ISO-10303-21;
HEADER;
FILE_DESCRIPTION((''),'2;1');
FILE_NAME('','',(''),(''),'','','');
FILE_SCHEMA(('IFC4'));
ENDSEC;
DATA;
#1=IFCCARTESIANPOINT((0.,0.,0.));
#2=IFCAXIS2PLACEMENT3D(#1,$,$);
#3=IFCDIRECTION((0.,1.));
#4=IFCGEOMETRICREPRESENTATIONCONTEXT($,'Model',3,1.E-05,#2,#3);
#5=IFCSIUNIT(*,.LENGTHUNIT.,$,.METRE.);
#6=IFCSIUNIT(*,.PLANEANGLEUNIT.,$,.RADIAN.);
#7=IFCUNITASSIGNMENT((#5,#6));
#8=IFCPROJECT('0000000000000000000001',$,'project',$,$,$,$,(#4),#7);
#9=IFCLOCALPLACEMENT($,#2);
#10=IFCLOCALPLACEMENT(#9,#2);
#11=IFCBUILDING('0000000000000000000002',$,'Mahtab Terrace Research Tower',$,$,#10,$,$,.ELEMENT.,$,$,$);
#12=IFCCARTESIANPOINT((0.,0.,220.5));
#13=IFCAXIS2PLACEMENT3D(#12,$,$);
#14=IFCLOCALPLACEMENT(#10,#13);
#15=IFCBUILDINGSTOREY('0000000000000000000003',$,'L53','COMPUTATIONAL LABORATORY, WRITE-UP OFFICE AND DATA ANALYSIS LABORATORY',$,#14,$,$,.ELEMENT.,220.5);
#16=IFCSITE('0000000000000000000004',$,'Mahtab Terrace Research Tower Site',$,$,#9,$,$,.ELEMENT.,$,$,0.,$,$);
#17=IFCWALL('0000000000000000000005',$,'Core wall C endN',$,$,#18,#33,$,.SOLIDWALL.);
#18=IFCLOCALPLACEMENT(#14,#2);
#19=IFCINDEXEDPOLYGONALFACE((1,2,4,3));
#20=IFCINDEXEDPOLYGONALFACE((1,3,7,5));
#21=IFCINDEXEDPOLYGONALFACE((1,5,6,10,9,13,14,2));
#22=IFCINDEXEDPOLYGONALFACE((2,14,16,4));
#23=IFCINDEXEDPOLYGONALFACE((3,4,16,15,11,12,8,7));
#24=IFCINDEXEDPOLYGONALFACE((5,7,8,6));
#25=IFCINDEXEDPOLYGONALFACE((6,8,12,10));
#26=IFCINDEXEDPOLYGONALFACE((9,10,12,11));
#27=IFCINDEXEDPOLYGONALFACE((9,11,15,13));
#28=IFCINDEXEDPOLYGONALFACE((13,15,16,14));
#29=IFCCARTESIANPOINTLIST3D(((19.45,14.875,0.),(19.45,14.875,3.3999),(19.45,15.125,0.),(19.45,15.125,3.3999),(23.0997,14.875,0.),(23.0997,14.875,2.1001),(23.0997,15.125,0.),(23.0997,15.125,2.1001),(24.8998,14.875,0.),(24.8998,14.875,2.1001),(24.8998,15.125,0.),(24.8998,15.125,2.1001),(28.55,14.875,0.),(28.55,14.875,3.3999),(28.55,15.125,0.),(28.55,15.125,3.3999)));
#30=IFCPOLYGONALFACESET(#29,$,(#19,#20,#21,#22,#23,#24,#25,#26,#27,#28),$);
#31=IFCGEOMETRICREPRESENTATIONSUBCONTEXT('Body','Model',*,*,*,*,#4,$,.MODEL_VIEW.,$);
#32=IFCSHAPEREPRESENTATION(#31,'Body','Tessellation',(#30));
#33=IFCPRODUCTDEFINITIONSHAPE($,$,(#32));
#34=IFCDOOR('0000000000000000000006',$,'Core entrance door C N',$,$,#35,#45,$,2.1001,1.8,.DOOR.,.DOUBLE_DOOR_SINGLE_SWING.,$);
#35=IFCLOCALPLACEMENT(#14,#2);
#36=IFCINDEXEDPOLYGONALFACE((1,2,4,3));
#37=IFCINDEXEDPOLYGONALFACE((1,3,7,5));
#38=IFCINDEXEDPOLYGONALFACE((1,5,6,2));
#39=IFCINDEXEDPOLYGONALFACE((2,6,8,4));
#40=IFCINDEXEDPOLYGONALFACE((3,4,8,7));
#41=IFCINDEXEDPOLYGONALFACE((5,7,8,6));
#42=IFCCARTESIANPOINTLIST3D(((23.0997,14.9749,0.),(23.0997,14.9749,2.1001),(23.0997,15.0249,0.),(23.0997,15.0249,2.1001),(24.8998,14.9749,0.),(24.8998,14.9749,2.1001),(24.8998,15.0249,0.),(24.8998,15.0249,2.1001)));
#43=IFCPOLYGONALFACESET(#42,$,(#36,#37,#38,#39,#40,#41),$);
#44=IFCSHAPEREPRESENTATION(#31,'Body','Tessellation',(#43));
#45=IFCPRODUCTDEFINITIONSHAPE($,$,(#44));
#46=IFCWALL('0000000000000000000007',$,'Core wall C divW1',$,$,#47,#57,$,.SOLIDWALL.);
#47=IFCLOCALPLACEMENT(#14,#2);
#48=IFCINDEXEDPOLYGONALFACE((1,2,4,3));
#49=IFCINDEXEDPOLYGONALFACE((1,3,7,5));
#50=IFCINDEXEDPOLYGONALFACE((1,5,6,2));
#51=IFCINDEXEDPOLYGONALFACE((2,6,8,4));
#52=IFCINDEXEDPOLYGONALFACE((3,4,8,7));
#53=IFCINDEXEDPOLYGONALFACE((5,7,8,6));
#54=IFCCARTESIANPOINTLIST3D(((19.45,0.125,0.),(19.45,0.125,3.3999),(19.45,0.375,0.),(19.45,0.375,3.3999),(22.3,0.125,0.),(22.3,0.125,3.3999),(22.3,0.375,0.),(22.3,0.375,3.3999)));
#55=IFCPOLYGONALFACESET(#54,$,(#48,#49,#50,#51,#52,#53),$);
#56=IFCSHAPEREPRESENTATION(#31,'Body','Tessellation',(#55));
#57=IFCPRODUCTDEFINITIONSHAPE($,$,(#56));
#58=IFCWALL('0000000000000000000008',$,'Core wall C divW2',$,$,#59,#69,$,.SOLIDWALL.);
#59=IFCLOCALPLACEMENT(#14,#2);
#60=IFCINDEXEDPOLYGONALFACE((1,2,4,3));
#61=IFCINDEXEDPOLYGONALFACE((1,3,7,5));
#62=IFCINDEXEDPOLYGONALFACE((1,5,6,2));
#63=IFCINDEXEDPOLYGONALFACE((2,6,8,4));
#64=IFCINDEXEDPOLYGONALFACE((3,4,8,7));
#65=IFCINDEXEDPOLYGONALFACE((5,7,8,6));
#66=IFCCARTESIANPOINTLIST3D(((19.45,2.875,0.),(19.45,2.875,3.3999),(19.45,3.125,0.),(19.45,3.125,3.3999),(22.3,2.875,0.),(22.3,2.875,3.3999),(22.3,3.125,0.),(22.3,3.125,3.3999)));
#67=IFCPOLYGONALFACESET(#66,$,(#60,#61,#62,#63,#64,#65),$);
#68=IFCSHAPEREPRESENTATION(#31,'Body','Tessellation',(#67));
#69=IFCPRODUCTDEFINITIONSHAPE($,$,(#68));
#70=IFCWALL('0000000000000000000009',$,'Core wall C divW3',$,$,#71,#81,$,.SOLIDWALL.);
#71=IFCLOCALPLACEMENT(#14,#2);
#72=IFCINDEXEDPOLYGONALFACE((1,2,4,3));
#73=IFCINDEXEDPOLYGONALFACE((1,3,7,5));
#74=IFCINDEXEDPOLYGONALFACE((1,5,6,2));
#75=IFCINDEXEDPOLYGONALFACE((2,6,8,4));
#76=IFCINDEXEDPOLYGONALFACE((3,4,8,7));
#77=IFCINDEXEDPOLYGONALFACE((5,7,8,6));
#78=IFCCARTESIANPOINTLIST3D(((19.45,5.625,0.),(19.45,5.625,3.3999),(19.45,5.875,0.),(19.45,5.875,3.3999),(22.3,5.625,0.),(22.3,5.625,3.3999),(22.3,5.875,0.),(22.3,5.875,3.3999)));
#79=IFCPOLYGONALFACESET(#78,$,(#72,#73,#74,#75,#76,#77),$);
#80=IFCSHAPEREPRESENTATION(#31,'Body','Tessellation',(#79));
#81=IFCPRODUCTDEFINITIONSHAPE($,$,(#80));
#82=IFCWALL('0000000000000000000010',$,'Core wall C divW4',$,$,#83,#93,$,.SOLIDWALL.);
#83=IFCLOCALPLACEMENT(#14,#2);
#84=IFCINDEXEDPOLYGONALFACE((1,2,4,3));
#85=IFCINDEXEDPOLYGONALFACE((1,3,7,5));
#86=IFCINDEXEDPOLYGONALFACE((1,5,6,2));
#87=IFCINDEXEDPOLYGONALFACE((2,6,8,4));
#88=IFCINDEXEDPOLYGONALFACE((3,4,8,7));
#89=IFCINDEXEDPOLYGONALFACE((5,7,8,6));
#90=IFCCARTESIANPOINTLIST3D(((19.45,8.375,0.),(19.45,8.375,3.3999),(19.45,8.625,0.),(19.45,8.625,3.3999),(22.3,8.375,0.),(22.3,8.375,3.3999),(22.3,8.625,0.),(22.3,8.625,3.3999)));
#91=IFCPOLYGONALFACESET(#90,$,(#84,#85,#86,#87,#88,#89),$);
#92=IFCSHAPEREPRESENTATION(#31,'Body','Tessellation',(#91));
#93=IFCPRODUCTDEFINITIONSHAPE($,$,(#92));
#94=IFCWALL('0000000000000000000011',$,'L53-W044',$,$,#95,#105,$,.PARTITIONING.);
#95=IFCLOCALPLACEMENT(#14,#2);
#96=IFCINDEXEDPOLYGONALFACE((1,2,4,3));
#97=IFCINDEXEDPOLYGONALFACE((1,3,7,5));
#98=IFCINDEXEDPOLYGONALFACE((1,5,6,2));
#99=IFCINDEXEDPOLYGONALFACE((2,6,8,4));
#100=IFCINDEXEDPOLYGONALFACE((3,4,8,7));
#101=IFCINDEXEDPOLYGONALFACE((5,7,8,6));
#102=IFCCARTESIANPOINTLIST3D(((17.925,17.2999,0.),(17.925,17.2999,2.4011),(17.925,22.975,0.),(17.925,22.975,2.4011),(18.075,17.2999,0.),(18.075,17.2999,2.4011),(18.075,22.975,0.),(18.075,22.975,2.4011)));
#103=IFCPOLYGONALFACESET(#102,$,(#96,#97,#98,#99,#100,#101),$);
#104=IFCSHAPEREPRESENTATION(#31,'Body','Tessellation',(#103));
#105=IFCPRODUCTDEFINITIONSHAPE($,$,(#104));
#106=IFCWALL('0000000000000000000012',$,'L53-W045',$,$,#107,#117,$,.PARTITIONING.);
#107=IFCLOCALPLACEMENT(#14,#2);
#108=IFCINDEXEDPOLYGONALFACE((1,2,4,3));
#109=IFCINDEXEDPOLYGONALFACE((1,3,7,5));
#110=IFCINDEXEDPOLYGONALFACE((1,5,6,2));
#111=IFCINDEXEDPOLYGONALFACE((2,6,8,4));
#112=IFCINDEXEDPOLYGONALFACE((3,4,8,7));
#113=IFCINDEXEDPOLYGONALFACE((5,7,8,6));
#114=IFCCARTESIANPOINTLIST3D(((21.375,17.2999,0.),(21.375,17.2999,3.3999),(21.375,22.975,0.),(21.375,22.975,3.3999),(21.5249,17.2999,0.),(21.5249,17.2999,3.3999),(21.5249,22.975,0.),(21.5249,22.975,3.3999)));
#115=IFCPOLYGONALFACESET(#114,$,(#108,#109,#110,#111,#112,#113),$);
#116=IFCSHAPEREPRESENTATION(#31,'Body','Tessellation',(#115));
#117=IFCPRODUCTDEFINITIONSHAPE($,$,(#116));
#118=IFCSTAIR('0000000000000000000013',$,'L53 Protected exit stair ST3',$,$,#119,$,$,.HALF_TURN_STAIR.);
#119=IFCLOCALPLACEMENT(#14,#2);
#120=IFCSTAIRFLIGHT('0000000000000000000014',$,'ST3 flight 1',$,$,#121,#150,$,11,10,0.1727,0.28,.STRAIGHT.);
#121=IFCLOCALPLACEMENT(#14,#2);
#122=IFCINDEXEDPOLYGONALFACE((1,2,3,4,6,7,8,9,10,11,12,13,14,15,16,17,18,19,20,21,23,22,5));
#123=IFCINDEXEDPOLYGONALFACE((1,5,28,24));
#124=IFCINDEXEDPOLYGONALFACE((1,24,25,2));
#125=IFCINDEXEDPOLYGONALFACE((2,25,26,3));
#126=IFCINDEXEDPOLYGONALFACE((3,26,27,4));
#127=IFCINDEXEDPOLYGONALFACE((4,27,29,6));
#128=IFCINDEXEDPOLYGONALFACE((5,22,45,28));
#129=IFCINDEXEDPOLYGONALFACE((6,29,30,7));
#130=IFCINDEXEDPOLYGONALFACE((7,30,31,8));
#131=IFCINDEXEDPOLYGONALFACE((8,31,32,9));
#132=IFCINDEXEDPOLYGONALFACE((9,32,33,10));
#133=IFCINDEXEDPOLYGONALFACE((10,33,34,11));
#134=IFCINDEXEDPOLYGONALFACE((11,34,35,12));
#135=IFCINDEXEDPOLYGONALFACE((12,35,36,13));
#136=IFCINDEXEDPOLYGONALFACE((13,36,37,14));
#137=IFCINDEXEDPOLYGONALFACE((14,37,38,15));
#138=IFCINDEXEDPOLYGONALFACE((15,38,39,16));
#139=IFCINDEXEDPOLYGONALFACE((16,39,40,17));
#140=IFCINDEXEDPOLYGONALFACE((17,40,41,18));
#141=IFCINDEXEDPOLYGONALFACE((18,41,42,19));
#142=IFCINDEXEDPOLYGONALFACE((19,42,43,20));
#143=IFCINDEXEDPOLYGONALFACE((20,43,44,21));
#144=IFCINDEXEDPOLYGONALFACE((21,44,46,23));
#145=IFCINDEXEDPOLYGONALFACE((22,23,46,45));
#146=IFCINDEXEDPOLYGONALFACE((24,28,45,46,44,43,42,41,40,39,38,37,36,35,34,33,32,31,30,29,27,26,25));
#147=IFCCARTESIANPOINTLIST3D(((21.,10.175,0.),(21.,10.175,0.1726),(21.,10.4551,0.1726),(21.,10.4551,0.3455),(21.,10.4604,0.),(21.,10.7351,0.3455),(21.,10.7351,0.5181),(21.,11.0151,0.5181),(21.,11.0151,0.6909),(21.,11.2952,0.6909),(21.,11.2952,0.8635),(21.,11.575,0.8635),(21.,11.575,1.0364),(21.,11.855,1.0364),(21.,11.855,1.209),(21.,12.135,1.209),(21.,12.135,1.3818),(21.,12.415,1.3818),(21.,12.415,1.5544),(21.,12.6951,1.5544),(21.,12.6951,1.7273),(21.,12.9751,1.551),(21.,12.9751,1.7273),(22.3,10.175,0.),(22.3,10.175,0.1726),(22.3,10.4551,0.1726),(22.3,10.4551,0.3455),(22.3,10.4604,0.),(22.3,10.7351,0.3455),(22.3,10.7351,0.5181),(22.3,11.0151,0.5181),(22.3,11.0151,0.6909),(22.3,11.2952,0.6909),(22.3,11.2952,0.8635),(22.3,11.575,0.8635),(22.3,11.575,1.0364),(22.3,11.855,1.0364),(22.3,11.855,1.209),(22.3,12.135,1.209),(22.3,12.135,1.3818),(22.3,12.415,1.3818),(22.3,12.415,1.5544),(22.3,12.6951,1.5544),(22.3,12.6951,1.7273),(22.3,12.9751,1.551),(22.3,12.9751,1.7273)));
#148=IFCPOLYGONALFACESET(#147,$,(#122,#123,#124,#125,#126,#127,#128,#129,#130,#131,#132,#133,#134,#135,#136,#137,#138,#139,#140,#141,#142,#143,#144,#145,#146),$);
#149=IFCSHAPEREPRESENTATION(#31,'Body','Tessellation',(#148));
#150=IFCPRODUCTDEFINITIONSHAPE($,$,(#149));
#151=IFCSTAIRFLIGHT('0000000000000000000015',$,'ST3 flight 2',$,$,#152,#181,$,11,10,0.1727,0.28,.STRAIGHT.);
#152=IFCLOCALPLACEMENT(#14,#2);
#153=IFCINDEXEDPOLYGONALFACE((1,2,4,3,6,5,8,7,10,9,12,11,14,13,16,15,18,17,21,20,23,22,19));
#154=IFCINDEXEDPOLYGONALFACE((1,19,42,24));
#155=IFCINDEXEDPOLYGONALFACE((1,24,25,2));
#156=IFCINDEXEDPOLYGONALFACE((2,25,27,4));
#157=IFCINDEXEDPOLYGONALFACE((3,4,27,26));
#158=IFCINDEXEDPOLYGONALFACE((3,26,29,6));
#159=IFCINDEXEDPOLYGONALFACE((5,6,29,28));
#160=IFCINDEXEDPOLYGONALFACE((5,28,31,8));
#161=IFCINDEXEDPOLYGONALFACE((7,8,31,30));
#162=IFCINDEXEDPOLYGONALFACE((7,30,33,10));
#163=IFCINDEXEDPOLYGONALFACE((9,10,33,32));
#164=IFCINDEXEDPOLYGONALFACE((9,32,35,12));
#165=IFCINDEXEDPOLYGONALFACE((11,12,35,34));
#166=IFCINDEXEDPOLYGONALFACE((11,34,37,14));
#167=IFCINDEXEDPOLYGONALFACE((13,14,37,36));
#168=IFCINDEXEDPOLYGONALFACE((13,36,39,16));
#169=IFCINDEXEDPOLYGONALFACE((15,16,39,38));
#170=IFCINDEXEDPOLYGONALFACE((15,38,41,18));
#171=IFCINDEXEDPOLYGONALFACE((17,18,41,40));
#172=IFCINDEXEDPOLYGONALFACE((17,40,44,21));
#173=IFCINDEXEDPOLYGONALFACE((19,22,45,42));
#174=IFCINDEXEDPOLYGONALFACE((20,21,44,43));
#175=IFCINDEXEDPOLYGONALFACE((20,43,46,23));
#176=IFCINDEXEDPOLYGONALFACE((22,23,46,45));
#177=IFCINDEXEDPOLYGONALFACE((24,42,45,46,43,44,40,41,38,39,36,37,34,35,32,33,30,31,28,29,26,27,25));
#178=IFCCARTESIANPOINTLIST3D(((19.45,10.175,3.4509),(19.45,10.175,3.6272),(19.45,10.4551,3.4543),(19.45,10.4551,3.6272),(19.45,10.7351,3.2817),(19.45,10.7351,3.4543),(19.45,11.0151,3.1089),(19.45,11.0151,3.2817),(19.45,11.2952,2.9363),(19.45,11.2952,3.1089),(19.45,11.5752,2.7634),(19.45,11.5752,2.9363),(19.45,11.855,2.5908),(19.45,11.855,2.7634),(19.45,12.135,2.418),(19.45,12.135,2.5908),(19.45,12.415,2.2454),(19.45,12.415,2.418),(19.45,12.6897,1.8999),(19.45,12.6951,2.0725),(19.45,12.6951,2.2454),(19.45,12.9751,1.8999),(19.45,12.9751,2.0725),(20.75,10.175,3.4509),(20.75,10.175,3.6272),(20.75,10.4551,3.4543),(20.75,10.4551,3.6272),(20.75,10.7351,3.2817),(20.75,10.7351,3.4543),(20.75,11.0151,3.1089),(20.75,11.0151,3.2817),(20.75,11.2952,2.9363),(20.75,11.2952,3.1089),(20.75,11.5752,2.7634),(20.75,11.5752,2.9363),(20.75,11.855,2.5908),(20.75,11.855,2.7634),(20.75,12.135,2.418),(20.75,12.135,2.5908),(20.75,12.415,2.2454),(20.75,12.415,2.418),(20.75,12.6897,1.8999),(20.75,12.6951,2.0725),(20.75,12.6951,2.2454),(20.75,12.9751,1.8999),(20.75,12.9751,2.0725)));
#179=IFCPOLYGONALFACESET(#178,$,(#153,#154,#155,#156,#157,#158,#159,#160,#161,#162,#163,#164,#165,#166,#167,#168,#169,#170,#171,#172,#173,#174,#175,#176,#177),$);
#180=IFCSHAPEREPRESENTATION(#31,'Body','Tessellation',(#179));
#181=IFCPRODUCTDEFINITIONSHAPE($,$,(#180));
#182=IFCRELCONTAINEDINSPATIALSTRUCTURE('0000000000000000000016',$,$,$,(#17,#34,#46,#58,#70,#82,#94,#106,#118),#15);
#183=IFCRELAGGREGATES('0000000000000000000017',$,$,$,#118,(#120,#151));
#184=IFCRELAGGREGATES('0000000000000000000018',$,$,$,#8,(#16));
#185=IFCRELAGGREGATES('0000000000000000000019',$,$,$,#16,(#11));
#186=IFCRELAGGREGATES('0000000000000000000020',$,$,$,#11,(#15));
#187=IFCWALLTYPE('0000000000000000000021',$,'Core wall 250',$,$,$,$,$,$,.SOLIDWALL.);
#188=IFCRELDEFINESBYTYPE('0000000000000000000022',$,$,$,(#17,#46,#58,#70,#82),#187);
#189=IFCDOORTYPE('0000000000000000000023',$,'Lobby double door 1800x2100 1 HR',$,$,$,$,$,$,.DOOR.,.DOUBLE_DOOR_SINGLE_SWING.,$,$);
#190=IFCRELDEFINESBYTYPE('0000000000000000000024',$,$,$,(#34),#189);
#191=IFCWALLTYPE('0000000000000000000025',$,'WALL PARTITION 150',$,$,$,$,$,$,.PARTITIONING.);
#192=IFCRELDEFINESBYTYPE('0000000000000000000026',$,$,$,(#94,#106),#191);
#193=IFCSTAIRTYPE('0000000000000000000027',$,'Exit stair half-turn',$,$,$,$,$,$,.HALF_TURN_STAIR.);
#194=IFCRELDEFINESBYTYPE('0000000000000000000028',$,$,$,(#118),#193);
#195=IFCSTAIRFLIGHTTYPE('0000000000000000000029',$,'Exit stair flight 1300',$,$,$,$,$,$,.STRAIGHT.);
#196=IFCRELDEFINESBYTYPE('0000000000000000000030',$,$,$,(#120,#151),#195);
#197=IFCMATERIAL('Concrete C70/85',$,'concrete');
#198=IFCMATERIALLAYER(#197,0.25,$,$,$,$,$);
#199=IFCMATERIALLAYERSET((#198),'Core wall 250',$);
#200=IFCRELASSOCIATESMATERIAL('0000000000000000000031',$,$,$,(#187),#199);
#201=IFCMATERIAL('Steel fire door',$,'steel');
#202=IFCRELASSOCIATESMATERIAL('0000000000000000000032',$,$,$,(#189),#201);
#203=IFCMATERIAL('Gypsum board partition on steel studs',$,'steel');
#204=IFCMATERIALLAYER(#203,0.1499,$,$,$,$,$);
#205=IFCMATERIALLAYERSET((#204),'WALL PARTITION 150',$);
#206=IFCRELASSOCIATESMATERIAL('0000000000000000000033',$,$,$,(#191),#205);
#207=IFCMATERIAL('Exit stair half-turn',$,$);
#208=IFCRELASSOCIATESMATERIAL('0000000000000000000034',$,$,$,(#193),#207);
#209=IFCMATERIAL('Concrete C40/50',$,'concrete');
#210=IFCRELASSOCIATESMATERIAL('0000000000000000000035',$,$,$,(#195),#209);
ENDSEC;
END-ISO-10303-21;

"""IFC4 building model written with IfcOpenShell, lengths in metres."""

from ifc_helpers import new_model, si_unit, direction, frame, frame_2d, origin, place, context, subcontext, project, spatial, polyline, rectangle, outline, extrude, material, layer, layer_set, type_object, element, fill, aggregate, save


model = new_model("IFC4")

# Units and contexts
model_context = context("Model", 3, precision=1e-05, world=origin(), true_north=direction((0.0, 1.0)))
body_context = subcontext(model_context, "Body", "Model", "MODEL_VIEW")
ifc_project = project(units=[si_unit("LENGTHUNIT", "METRE"), si_unit("PLANEANGLEUNIT", "RADIAN")], contexts=[model_context])

# Site, building, storey
site_placement = place(None, origin())
site = spatial("IfcSite", under=ifc_project, at=site_placement, Name="Mahtab Terrace Research Tower Site", CompositionType="ELEMENT", RefElevation=0.0)
building_placement = place(site_placement, origin())
building = spatial("IfcBuilding", under=site, at=building_placement, Name="Mahtab Terrace Research Tower", CompositionType="ELEMENT")
storey_placement = place(building_placement, frame((0.0, 0.0, 220.5)))
storey = spatial("IfcBuildingStorey", under=building, at=storey_placement, Name="L53", Description="COMPUTATIONAL LABORATORY, WRITE-UP OFFICE AND DATA ANALYSIS LABORATORY", CompositionType="ELEMENT", Elevation=220.5)

# Shared definitions
ifc_material_1 = material(Name="Concrete C70/85", Category="concrete")

# Shared definitions
ifc_layer_1 = layer(ifc_material_1, 0.25)
ifc_layer_set_1 = layer_set([ifc_layer_1], Name="Core wall 250")
wall_type_1 = type_object("IfcWallType", Name="Core wall 250", PredefinedType="SOLIDWALL", material=ifc_layer_set_1)

# Wall, opening, door
wall_1_placement = place(storey_placement, frame((19.45, 15.0, 0.0), z_axis=(0.0, 0.0, 1.0), x_axis=(1.0, 0.0, 0.0)))
wall_1 = element("IfcWall", 1, at=wall_1_placement, inside=storey, type_object=wall_type_1, Name="Core wall C endN", PredefinedType="SOLIDWALL", context=body_context, shape_type="SweptSolid", body=[
    extrude(rectangle(XDim=9.1001, YDim=0.25, at=frame_2d((4.55, 0.0))), origin(), (0.0, 0.0, 1.0), 3.3999),
])
opening_placement = place(wall_1_placement, frame((3.6499, 0.0, 0.0)))
opening = element("IfcOpeningElement", 2, at=opening_placement, cuts=wall_1, PredefinedType="OPENING", context=body_context, shape_type="SweptSolid", body=[
    extrude(rectangle(XDim=1.8, YDim=2.1001, at=frame_2d((0.8999, 1.05))), frame((0.0, 0.135, 0.0), z_axis=(0.0, -1.0, 0.0), x_axis=(1.0, 0.0, 0.0)), (0.0, 0.0, 1.0), 0.27),
])
ifc_material_2 = material(Name="Steel fire door", Category="steel")
door_type = type_object("IfcDoorType", Name="Lobby double door 1800x2100 1 HR", OperationType="DOUBLE_DOOR_SINGLE_SWING", PredefinedType="DOOR", material=ifc_material_2)
door_placement = place(opening_placement, origin())
door = element("IfcDoor", 3, at=door_placement, inside=storey, type_object=door_type, Name="Core entrance door C N", OperationType="DOUBLE_DOOR_SINGLE_SWING", OverallHeight=2.1001, OverallWidth=1.8, PredefinedType="DOOR", context=body_context, shape_type="SweptSolid", body=[
    extrude(rectangle(XDim=1.8, YDim=2.1001, at=frame_2d((0.8999, 1.05))), frame((0.0, 0.0249, 0.0), z_axis=(0.0, -1.0, 0.0), x_axis=(1.0, 0.0, 0.0)), (0.0, 0.0, 1.0), 0.05),
])
fill(opening, door)

# Walls
for number, where, z_axis, x_axis, name in (
    (4, (19.45, 0.25, 0.0), (0.0, 0.0, 1.0), (1.0, 0.0, 0.0), "Core wall C divW1"),
    (5, (19.45, 3.0, 0.0), (0.0, 0.0, 1.0), (1.0, 0.0, 0.0), "Core wall C divW2"),
    (6, (19.45, 5.75, 0.0), (0.0, 0.0, 1.0), (1.0, 0.0, 0.0), "Core wall C divW3"),
    (7, (19.45, 8.5, 0.0), (0.0, 0.0, 1.0), (1.0, 0.0, 0.0), "Core wall C divW4"),
):
    element("IfcWall", number, at=place(storey_placement, frame(where, z_axis=z_axis, x_axis=x_axis)), inside=storey, type_object=wall_type_1, Name=name, PredefinedType="SOLIDWALL", context=body_context, shape_type="SweptSolid", body=[
        extrude(rectangle(XDim=2.8501, YDim=0.25, at=frame_2d((1.425, 0.0))), origin(), (0.0, 0.0, 1.0), 3.3999),
    ])
ifc_material_3 = material(Name="Gypsum board partition on steel studs", Category="steel")
ifc_layer_2 = layer(ifc_material_3, 0.1499)
ifc_layer_set_2 = layer_set([ifc_layer_2], Name="WALL PARTITION 150")
wall_type_2 = type_object("IfcWallType", Name="WALL PARTITION 150", PredefinedType="PARTITIONING", material=ifc_layer_set_2)
wall_2_placement = place(storey_placement, frame((18.0, 17.3, 0.0), z_axis=(0.0, 0.0, 1.0), x_axis=(0.0, 1.0, 0.0)))
element("IfcWall", 8, at=wall_2_placement, inside=storey, type_object=wall_type_2, Name="L53-W044", PredefinedType="PARTITIONING", context=body_context, shape_type="SweptSolid", body=[
    extrude(rectangle(XDim=5.675, YDim=0.1499, at=frame_2d((2.8374, 0.0))), origin(), (0.0, 0.0, 1.0), 2.4011),
])
wall_3_placement = place(storey_placement, frame((21.45, 17.3, 0.0), z_axis=(0.0, 0.0, 1.0), x_axis=(0.0, 1.0, 0.0)))
element("IfcWall", 9, at=wall_3_placement, inside=storey, type_object=wall_type_2, Name="L53-W045", PredefinedType="PARTITIONING", context=body_context, shape_type="SweptSolid", body=[
    extrude(rectangle(XDim=5.675, YDim=0.1499, at=frame_2d((2.8374, 0.0))), origin(), (0.0, 0.0, 1.0), 3.3999),
])

# Stair, stair flights
ifc_material_4 = material(Name="Exit stair half-turn")
stair_type = type_object("IfcStairType", Name="Exit stair half-turn", PredefinedType="HALF_TURN_STAIR", material=ifc_material_4)
stair_placement = place(storey_placement, origin())
stair = element("IfcStair", 10, at=stair_placement, inside=storey, type_object=stair_type, Name="L53 Protected exit stair ST3", PredefinedType="HALF_TURN_STAIR")
ifc_material_5 = material(Name="Concrete C40/50", Category="concrete")
stair_flight_type = type_object("IfcStairFlightType", Name="Exit stair flight 1300", PredefinedType="STRAIGHT", material=ifc_material_5)
stair_flight_1_placement = place(storey_placement, frame((21.6499, 10.175, 0.0), z_axis=(0.0, 0.0, 1.0), x_axis=(0.0, 1.0, 0.0)))
stair_flight_1 = element("IfcStairFlight", 11, at=stair_flight_1_placement, type_object=stair_flight_type, Name="ST3 flight 1", NumberOfRisers=11, NumberOfTreads=10, PredefinedType="STRAIGHT", RiserHeight=0.1727, TreadLength=0.28, context=body_context, shape_type="SweptSolid", body=[
    extrude(outline(polyline([(0.0, 0.0), (0.0, 0.1726), (0.28, 0.1726), (0.28, 0.3455), (0.5601, 0.3455), (0.5601, 0.5181), (0.8401, 0.5181), (0.8401, 0.6909), (1.1201, 0.6909), (1.1201, 0.8635), (1.3999, 0.8635), (1.3999, 1.0364), (1.6799, 1.0364), (1.6799, 1.209), (1.96, 1.209), (1.96, 1.3818), (2.24, 1.3818), (2.24, 1.5544), (2.52, 1.5544), (2.52, 1.7273), (2.8, 1.7273), (2.8, 1.8999), (2.8, 1.551), (0.2854, 0.0), (0.0, 0.0)])), frame((0.0, 0.6499, 0.0), z_axis=(0.0, -1.0, 0.0), x_axis=(1.0, 0.0, 0.0)), (0.0, 0.0, 1.0), 1.3),
])
stair_flight_2_placement = place(storey_placement, frame((20.1001, 12.9751, 1.8999), z_axis=(0.0, 0.0, 1.0), x_axis=(0.0, -1.0, 0.0)))
stair_flight_2 = element("IfcStairFlight", 12, at=stair_flight_2_placement, type_object=stair_flight_type, Name="ST3 flight 2", NumberOfRisers=11, NumberOfTreads=10, PredefinedType="STRAIGHT", RiserHeight=0.1727, TreadLength=0.28, context=body_context, shape_type="SweptSolid", body=[
    extrude(outline(polyline([(0.0, 0.0), (0.0, 0.1726), (0.28, 0.1726), (0.28, 0.3455), (0.5601, 0.3455), (0.5601, 0.5181), (0.8401, 0.5181), (0.8401, 0.6909), (1.1201, 0.6909), (1.1201, 0.8635), (1.3999, 0.8635), (1.3999, 1.0364), (1.6799, 1.0364), (1.6799, 1.209), (1.96, 1.209), (1.96, 1.3818), (2.24, 1.3818), (2.24, 1.5544), (2.52, 1.5544), (2.52, 1.7273), (2.8, 1.7273), (2.8, 1.8999), (2.8, 1.551), (0.2854, 0.0), (0.0, 0.0)])), frame((0.0, 0.6499, 0.0), z_axis=(0.0, -1.0, 0.0), x_axis=(1.0, 0.0, 0.0)), (0.0, 0.0, 1.0), 1.3),
])
aggregate(stair, [stair_flight_1, stair_flight_2])

save(model, "model.ifc")
